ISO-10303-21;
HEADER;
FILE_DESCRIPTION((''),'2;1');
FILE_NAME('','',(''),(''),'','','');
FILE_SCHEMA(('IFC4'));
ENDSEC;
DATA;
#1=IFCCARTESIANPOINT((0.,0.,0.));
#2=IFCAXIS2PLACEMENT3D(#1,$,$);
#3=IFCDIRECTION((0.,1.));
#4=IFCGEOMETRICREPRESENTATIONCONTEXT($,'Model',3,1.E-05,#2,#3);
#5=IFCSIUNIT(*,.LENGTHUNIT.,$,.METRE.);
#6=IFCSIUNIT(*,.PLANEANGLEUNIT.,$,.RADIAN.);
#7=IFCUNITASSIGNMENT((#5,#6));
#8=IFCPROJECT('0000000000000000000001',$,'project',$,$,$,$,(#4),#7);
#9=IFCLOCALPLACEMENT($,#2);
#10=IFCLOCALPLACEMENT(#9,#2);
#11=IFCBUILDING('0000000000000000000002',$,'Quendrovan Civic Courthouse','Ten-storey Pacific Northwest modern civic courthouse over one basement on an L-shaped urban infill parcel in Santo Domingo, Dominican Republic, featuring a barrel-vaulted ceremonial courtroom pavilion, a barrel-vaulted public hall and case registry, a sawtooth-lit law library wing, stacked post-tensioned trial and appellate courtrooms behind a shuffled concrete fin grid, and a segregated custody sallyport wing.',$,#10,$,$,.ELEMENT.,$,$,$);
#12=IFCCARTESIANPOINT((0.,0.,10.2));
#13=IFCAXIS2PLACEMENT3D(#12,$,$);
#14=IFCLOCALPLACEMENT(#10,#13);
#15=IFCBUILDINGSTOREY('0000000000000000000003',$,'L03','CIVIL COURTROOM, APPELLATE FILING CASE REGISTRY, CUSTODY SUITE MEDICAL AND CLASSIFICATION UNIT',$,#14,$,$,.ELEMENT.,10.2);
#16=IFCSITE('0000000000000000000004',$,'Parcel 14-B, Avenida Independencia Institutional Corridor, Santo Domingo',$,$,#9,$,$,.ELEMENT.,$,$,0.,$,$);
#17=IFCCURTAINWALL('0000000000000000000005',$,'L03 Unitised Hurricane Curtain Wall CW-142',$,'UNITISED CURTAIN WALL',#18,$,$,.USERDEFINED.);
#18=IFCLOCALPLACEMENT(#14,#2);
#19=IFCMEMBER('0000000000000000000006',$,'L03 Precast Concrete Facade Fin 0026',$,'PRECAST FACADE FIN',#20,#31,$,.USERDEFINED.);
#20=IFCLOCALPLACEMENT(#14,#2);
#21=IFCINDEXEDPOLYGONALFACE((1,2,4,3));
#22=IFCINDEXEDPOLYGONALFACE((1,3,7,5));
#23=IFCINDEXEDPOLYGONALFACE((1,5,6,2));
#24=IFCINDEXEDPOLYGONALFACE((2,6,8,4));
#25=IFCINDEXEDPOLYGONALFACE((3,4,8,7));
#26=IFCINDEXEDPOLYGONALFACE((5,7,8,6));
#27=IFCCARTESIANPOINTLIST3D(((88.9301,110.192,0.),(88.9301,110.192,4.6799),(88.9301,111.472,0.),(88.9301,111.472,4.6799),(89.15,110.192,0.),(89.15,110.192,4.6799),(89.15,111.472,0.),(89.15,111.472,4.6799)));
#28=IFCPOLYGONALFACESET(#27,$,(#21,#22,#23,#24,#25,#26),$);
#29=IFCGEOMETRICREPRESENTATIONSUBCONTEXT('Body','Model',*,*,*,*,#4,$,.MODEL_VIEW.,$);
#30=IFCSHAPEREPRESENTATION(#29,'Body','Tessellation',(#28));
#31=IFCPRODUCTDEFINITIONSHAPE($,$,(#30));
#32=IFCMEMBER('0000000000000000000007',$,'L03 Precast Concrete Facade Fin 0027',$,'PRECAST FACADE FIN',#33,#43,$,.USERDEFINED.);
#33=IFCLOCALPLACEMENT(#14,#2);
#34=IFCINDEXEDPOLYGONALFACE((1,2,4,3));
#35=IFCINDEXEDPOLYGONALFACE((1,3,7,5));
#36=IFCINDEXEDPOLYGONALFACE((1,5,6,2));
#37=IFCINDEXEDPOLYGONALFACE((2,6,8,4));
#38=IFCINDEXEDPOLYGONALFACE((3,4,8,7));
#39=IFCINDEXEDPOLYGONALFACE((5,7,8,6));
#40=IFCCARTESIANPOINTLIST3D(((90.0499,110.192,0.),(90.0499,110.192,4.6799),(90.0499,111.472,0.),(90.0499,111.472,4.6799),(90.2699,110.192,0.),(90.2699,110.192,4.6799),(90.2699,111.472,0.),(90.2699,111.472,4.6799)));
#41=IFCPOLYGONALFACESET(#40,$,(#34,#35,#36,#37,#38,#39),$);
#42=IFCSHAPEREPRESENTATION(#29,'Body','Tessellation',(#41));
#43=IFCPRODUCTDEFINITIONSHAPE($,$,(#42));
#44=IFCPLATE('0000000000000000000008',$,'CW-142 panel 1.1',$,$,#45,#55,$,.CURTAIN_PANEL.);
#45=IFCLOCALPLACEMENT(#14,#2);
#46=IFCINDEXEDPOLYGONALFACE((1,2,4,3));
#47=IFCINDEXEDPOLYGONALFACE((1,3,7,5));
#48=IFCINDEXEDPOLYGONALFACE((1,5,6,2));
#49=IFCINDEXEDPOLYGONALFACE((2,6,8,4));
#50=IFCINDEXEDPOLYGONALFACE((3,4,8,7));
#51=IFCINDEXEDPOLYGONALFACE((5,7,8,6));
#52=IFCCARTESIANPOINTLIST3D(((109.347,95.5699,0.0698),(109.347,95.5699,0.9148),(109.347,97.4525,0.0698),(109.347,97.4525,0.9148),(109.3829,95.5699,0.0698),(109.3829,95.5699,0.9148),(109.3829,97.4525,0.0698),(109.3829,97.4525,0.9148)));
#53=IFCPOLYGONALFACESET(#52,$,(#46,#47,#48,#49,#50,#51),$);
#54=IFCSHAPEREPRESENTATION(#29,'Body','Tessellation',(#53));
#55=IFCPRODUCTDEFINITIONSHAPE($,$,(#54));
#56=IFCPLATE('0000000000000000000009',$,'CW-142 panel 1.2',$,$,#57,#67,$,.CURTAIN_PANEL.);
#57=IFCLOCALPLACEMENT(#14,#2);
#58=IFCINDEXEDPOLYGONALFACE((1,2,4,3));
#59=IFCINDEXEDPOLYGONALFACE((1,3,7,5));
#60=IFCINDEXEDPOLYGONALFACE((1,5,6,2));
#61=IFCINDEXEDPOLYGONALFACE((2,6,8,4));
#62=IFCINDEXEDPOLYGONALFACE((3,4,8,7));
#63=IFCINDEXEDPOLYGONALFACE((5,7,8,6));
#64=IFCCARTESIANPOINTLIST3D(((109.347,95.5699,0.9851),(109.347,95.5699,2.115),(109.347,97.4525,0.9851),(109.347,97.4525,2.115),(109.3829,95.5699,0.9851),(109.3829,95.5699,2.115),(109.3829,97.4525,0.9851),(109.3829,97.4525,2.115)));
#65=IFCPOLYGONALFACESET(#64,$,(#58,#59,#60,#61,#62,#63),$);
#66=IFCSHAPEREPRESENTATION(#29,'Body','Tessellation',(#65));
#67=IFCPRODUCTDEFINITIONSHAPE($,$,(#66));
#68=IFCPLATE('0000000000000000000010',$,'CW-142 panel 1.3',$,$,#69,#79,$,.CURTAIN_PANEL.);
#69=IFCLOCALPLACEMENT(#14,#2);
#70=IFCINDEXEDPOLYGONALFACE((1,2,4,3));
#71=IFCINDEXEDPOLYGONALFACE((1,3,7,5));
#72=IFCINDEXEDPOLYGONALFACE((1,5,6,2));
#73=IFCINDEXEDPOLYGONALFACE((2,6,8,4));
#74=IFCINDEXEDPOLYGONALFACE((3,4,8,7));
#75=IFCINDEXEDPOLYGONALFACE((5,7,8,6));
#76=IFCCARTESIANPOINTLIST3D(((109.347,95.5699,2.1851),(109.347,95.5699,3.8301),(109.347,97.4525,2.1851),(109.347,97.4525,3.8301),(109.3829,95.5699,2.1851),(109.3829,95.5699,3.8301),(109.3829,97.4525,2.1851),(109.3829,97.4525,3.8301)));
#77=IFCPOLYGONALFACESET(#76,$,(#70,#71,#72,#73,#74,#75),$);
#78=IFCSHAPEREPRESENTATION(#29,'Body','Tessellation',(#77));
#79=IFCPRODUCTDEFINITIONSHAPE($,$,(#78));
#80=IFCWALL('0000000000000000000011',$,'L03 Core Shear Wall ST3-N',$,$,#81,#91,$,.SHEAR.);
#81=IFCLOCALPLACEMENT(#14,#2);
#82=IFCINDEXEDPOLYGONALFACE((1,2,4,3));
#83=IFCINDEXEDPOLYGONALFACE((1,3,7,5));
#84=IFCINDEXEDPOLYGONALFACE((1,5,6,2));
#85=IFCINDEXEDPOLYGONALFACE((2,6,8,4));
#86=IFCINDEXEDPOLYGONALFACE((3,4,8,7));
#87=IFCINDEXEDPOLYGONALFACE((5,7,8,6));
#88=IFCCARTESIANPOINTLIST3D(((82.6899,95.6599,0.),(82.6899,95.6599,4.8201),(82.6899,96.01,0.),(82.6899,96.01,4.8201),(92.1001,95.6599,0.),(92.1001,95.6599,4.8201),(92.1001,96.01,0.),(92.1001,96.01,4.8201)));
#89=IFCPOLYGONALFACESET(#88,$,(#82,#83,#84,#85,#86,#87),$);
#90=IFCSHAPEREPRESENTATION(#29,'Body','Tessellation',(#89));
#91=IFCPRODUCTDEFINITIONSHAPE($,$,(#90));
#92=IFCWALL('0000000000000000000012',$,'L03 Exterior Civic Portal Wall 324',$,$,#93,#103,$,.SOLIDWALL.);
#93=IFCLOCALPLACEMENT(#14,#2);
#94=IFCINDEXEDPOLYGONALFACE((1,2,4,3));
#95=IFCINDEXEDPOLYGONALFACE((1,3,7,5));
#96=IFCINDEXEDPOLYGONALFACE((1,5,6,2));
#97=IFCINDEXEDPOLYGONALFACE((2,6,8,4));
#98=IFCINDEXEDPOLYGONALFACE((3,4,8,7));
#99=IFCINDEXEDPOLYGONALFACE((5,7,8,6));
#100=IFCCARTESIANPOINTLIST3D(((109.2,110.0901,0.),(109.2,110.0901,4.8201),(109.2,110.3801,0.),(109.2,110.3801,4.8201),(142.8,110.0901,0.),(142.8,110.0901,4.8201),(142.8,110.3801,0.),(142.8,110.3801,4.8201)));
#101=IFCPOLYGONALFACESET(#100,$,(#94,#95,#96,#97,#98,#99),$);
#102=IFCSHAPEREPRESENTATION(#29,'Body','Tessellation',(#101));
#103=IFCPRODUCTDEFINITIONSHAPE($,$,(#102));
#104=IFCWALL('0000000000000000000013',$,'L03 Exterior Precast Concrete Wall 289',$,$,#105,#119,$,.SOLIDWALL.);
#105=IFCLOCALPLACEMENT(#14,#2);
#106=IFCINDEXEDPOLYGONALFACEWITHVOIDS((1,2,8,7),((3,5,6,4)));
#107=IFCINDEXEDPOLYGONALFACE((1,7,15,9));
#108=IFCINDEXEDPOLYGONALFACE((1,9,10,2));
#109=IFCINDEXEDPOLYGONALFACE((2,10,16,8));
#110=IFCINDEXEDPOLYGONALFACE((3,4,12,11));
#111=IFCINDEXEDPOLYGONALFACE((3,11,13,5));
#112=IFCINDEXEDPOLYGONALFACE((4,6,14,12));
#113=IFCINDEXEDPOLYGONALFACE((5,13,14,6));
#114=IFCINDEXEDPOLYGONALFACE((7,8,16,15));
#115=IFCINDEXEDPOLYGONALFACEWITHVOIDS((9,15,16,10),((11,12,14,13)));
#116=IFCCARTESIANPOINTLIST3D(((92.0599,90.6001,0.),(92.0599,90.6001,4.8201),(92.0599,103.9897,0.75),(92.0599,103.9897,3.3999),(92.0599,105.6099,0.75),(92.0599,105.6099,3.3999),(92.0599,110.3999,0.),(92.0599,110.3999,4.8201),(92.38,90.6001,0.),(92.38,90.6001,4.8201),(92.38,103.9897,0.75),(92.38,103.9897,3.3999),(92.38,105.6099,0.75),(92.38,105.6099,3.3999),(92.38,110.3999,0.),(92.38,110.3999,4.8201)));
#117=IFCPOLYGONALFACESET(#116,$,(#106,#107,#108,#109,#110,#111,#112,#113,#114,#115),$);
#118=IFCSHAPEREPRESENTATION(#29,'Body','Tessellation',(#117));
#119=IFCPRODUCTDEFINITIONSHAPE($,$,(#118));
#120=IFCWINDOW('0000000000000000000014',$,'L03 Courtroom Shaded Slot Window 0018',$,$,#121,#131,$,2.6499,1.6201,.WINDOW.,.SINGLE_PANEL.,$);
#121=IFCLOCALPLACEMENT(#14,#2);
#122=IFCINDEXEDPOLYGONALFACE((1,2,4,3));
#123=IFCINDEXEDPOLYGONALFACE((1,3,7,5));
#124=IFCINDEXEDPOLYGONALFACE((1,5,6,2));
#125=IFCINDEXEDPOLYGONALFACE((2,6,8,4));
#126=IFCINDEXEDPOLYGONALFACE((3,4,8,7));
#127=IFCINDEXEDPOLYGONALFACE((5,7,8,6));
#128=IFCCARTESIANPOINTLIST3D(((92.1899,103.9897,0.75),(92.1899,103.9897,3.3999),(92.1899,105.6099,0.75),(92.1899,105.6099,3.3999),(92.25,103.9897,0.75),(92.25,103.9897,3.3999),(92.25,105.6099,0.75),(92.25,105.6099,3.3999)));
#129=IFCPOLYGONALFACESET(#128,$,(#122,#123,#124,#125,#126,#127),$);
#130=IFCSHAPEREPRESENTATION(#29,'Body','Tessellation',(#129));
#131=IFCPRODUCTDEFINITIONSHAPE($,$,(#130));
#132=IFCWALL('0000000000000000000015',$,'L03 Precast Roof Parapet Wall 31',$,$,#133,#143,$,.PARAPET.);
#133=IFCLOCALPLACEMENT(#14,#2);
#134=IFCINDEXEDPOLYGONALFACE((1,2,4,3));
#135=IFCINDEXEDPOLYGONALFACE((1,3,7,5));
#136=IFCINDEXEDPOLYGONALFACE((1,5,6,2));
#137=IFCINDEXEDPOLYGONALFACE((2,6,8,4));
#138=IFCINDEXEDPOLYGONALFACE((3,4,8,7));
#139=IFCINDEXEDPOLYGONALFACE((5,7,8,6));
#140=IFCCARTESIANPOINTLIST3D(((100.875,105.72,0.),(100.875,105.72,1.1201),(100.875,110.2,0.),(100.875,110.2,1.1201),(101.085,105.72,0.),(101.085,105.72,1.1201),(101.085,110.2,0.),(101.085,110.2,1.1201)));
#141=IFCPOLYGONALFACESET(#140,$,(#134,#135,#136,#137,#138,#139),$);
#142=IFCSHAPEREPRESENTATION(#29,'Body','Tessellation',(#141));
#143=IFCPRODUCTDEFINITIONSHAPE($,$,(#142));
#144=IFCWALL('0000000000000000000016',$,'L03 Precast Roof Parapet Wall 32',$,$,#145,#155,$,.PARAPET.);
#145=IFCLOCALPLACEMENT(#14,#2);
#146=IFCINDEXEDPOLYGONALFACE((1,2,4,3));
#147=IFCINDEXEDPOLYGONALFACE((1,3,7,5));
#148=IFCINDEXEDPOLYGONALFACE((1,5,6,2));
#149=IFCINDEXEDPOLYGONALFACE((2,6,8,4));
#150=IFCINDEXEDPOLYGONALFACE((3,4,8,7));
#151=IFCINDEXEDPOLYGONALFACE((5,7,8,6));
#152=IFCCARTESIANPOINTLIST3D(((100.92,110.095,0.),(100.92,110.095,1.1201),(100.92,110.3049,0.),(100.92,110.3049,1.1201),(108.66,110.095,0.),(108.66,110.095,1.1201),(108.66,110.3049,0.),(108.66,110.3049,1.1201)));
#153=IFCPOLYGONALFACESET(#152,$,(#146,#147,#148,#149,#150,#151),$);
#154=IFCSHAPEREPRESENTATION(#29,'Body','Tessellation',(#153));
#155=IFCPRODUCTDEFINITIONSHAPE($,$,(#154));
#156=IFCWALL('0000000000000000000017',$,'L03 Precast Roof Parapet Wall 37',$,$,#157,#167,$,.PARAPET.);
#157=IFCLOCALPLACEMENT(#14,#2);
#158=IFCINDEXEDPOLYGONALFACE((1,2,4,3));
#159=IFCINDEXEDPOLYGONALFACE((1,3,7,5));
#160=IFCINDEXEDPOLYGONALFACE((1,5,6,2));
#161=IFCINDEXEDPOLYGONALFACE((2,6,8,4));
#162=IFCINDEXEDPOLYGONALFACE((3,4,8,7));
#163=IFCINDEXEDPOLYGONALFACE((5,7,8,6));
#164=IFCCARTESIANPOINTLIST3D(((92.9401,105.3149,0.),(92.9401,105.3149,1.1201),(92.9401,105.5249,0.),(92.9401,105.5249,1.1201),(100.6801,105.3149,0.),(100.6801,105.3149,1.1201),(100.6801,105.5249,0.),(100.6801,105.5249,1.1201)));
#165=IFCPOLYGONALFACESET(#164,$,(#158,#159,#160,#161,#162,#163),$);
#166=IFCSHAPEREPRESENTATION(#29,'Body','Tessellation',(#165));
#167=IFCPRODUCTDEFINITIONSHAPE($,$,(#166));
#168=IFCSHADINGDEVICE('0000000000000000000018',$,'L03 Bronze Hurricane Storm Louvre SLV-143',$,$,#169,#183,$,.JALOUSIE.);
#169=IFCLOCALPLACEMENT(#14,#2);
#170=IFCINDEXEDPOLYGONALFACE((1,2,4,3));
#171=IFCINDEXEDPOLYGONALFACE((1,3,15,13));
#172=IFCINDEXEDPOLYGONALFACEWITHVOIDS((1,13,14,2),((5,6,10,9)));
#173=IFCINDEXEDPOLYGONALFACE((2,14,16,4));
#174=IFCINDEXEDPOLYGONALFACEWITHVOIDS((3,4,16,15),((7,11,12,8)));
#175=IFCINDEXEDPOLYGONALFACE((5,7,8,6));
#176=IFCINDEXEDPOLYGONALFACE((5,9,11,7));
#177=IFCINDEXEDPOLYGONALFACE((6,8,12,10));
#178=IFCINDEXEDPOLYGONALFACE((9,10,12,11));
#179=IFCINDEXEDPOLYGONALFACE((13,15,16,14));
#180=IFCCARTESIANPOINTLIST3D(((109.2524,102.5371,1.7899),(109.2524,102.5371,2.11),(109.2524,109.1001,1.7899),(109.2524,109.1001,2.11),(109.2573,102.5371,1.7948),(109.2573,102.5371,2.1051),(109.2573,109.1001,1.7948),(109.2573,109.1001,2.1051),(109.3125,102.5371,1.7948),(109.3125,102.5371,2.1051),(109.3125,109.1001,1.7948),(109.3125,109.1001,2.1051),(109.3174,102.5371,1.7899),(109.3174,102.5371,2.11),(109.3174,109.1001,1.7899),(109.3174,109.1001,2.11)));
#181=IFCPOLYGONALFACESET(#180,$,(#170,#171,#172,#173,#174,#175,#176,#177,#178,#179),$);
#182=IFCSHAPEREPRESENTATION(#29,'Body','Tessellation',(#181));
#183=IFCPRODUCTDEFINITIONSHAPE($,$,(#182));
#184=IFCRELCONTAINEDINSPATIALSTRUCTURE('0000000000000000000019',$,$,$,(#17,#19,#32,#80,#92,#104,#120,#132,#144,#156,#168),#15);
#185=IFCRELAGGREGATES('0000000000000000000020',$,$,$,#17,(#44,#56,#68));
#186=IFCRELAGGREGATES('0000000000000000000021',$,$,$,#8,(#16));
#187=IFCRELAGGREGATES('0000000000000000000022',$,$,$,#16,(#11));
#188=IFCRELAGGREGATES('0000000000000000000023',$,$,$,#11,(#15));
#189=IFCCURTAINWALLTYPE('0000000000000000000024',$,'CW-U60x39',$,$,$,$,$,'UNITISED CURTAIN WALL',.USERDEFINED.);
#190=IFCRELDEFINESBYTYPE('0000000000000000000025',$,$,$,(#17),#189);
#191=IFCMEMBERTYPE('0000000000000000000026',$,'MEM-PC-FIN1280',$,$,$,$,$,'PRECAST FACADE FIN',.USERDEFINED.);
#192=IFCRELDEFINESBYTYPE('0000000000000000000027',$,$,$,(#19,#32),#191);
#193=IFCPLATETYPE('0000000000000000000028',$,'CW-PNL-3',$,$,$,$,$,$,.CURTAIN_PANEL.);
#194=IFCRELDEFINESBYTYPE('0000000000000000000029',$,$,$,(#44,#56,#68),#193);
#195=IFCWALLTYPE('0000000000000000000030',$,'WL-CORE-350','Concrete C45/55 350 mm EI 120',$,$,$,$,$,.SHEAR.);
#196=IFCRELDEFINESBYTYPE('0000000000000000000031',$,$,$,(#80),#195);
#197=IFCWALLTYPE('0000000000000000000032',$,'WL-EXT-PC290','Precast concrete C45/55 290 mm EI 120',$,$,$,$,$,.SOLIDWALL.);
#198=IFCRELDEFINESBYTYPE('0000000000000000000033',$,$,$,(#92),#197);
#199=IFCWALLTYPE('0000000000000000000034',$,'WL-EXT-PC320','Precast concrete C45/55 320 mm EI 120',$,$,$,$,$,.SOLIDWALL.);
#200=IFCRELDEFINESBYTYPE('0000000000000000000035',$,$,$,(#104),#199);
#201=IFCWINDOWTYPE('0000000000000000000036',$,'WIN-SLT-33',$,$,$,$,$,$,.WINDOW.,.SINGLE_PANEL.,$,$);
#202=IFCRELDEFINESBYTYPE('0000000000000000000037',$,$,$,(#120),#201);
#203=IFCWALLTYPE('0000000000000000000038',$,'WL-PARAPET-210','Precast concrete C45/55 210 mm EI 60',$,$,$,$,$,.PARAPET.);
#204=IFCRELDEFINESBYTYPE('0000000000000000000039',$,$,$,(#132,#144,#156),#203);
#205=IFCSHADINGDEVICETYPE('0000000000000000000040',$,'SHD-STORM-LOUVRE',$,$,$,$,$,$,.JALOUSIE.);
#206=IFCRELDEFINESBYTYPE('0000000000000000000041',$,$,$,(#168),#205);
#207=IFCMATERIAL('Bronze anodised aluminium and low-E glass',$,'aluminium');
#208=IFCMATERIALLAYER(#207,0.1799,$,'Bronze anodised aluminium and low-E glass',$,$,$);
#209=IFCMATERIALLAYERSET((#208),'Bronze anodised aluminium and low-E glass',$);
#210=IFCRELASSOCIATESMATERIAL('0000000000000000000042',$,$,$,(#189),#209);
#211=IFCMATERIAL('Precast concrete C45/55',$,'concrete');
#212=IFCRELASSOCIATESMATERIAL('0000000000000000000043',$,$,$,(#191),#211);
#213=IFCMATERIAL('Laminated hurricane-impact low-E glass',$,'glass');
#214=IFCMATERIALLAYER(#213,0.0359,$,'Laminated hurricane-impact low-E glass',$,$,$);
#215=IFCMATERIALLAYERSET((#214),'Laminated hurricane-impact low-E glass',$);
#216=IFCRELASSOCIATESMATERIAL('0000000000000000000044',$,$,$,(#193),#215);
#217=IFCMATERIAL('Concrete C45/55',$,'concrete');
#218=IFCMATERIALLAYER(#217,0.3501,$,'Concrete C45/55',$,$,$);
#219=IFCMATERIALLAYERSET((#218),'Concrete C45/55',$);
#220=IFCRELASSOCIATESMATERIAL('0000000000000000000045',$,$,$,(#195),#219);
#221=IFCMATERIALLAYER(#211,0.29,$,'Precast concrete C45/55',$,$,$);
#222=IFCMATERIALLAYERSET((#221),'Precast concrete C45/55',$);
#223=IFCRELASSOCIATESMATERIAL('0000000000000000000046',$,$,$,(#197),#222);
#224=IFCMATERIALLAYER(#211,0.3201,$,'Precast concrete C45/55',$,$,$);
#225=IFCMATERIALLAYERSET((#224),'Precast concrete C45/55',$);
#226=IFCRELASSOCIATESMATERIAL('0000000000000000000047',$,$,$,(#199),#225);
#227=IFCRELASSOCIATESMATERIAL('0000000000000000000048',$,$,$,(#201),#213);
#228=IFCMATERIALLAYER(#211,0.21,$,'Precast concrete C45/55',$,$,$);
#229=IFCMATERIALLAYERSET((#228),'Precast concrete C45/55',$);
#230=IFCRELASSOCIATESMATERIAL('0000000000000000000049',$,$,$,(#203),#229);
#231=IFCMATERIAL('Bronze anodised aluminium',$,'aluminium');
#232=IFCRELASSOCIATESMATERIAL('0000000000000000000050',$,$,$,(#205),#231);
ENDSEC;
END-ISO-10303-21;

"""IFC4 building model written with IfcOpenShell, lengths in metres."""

from ifc_helpers import new_model, si_unit, direction, frame, frame_2d, origin, origin_2d, place, context, subcontext, project, spatial, rectangle, hollow_rectangle, extrude, material, layer, layer_set, material_profile, profile_set, type_object, element, fill, aggregate, save


model = new_model("IFC4")

# Units and contexts
model_context = context("Model", 3, precision=1e-05, world=origin(), true_north=direction((0.0, 1.0)))
body_context = subcontext(model_context, "Body", "Model", "MODEL_VIEW")
ifc_project = project(units=[si_unit("LENGTHUNIT", "METRE"), si_unit("PLANEANGLEUNIT", "RADIAN")], contexts=[model_context])

# Site, building, storey
site_placement = place(None, origin())
site = spatial("IfcSite", under=ifc_project, at=site_placement, Name="Parcel 14-B, Avenida Independencia Institutional Corridor, Santo Domingo", CompositionType="ELEMENT", RefElevation=0.0)
building_placement = place(site_placement, origin())
building = spatial("IfcBuilding", under=site, at=building_placement, Name="Quendrovan Civic Courthouse", Description="Ten-storey Pacific Northwest modern civic courthouse over one basement on an L-shaped urban infill parcel in Santo Domingo, Dominican Republic, featuring a barrel-vaulted ceremonial courtroom pavilion, a barrel-vaulted public hall and case registry, a sawtooth-lit law library wing, stacked post-tensioned trial and appellate courtrooms behind a shuffled concrete fin grid, and a segregated custody sallyport wing.", CompositionType="ELEMENT")
storey_placement = place(building_placement, frame((0.0, 0.0, 10.2)))
storey = spatial("IfcBuildingStorey", under=building, at=storey_placement, Name="L03", Description="CIVIL COURTROOM, APPELLATE FILING CASE REGISTRY, CUSTODY SUITE MEDICAL AND CLASSIFICATION UNIT", CompositionType="ELEMENT", Elevation=10.2)

# Shared definitions
ifc_material_1 = material(Name="Concrete C45/55", Category="concrete")

# Curtain wall
ifc_material_2 = material(Name="Bronze anodised aluminium and low-E glass", Category="aluminium")
ifc_layer_1 = layer(ifc_material_2, 0.1799, Name="Bronze anodised aluminium and low-E glass")
ifc_layer_set_1 = layer_set([ifc_layer_1], Name="Bronze anodised aluminium and low-E glass")
curtain_wall_type = type_object("IfcCurtainWallType", Name="CW-U60x39", ElementType="UNITISED CURTAIN WALL", PredefinedType="USERDEFINED", material=ifc_layer_set_1)
curtain_wall_placement = place(storey_placement, origin())
curtain_wall = element("IfcCurtainWall", 1, at=curtain_wall_placement, inside=storey, type_object=curtain_wall_type, Name="L03 Unitised Hurricane Curtain Wall CW-142", ObjectType="UNITISED CURTAIN WALL", PredefinedType="USERDEFINED")
ifc_material_3 = material(Name="Bronze anodised aluminium", Category="aluminium")

# Members
ifc_material_4 = material(Name="Precast concrete C45/55", Category="concrete")
ifc_material_profile_1 = material_profile(ifc_material_4, rectangle(XDim=0.22, YDim=1.28, at=origin_2d()), Name="PC-FIN-220x1280")
ifc_profile_set_1 = profile_set([ifc_material_profile_1], Name="Precast concrete C45/55")
member_type_1 = type_object("IfcMemberType", Name="MEM-PC-FIN1280", ElementType="PRECAST FACADE FIN", PredefinedType="USERDEFINED", material=ifc_profile_set_1)
for number, where, z_axis, x_axis, name in (
    (2, (89.04, 110.832, 0.0), (0.0, 0.0, 1.0), (1.0, 0.0, 0.0), "L03 Precast Concrete Facade Fin 0026"),
    (3, (90.1599, 110.832, 0.0), (0.0, 0.0, 1.0), (1.0, 0.0, 0.0), "L03 Precast Concrete Facade Fin 0027"),
):
    element("IfcMember", number, at=place(storey_placement, frame(where, z_axis=z_axis, x_axis=x_axis)), inside=storey, type_object=member_type_1, Name=name, ObjectType="PRECAST FACADE FIN", PredefinedType="USERDEFINED", context=body_context, shape_type="SweptSolid", body=[
        extrude(rectangle(XDim=0.22, YDim=1.28, at=origin_2d()), origin(), (0.0, 0.0, 1.0), 4.6799),
    ])

# Plates
ifc_material_5 = material(Name="Laminated hurricane-impact low-E glass", Category="glass")
ifc_layer_2 = layer(ifc_material_5, 0.0359, Name="Laminated hurricane-impact low-E glass")
ifc_layer_set_2 = layer_set([ifc_layer_2], Name="Laminated hurricane-impact low-E glass")
plate_type = type_object("IfcPlateType", Name="CW-PNL-3", PredefinedType="CURTAIN_PANEL", material=ifc_layer_set_2)
plate_1_placement = place(storey_placement, frame((109.365, 96.5112, 0.0698), z_axis=(0.0, 0.0, 1.0), x_axis=(0.0, 1.0, 0.0)))
plate_1 = element("IfcPlate", 4, at=plate_1_placement, type_object=plate_type, Name="CW-142 panel 1.1", PredefinedType="CURTAIN_PANEL", context=body_context, shape_type="SweptSolid", body=[
    extrude(rectangle(XDim=1.8826, YDim=0.0359, at=origin_2d()), origin(), (0.0, 0.0, 1.0), 0.845),
])
plate_2_placement = place(storey_placement, frame((109.365, 96.5112, 0.9851), z_axis=(0.0, 0.0, 1.0), x_axis=(0.0, 1.0, 0.0)))
plate_2 = element("IfcPlate", 5, at=plate_2_placement, type_object=plate_type, Name="CW-142 panel 1.2", PredefinedType="CURTAIN_PANEL", context=body_context, shape_type="SweptSolid", body=[
    extrude(rectangle(XDim=1.8826, YDim=0.0359, at=origin_2d()), origin(), (0.0, 0.0, 1.0), 1.1299),
])
plate_3_placement = place(storey_placement, frame((109.365, 96.5112, 2.1851), z_axis=(0.0, 0.0, 1.0), x_axis=(0.0, 1.0, 0.0)))
plate_3 = element("IfcPlate", 6, at=plate_3_placement, type_object=plate_type, Name="CW-142 panel 1.3", PredefinedType="CURTAIN_PANEL", context=body_context, shape_type="SweptSolid", body=[
    extrude(rectangle(XDim=1.8826, YDim=0.0359, at=origin_2d()), origin(), (0.0, 0.0, 1.0), 1.645),
])
aggregate(curtain_wall, [plate_1, plate_2, plate_3])

# Walls
ifc_layer_3 = layer(ifc_material_1, 0.3501, Name="Concrete C45/55")
ifc_layer_set_3 = layer_set([ifc_layer_3], Name="Concrete C45/55")
wall_type_1 = type_object("IfcWallType", Name="WL-CORE-350", Description="Concrete C45/55 350 mm EI 120", PredefinedType="SHEAR", material=ifc_layer_set_3)
wall_1_placement = place(storey_placement, frame((92.1001, 95.835, 0.0), z_axis=(0.0, 0.0, 1.0), x_axis=(-1.0, 0.0, 0.0)))
element("IfcWall", 7, at=wall_1_placement, inside=storey, type_object=wall_type_1, Name="L03 Core Shear Wall ST3-N", PredefinedType="SHEAR", context=body_context, shape_type="SweptSolid", body=[
    extrude(rectangle(XDim=9.4102, YDim=0.3501, at=frame_2d((4.7051, 0.0))), origin(), (0.0, 0.0, 1.0), 4.8201),
])
ifc_layer_4 = layer(ifc_material_4, 0.29, Name="Precast concrete C45/55")
ifc_layer_set_4 = layer_set([ifc_layer_4], Name="Precast concrete C45/55")
wall_type_2 = type_object("IfcWallType", Name="WL-EXT-PC290", Description="Precast concrete C45/55 290 mm EI 120", PredefinedType="SOLIDWALL", material=ifc_layer_set_4)
wall_2_placement = place(storey_placement, frame((109.2, 110.2351, 0.0), z_axis=(0.0, 0.0, 1.0), x_axis=(1.0, 0.0, 0.0)))
element("IfcWall", 8, at=wall_2_placement, inside=storey, type_object=wall_type_2, Name="L03 Exterior Civic Portal Wall 324", PredefinedType="SOLIDWALL", context=body_context, shape_type="SweptSolid", body=[
    extrude(rectangle(XDim=33.6001, YDim=0.29, at=frame_2d((16.8, 0.0))), origin(), (0.0, 0.0, 1.0), 4.8201),
])

# Wall, opening, window
ifc_layer_5 = layer(ifc_material_4, 0.3201, Name="Precast concrete C45/55")
ifc_layer_set_5 = layer_set([ifc_layer_5], Name="Precast concrete C45/55")
wall_type_3 = type_object("IfcWallType", Name="WL-EXT-PC320", Description="Precast concrete C45/55 320 mm EI 120", PredefinedType="SOLIDWALL", material=ifc_layer_set_5)
wall_3_placement = place(storey_placement, frame((92.22, 110.3999, 0.0), z_axis=(0.0, 0.0, 1.0), x_axis=(0.0, -1.0, 0.0)))
wall_3 = element("IfcWall", 9, at=wall_3_placement, inside=storey, type_object=wall_type_3, Name="L03 Exterior Precast Concrete Wall 289", PredefinedType="SOLIDWALL", context=body_context, shape_type="SweptSolid", body=[
    extrude(rectangle(XDim=19.7998, YDim=0.3201, at=frame_2d((9.8999, 0.0))), origin(), (0.0, 0.0, 1.0), 4.8201),
])
opening_placement = place(wall_3_placement, frame((4.79, 0.0, 0.75)))
opening = element("IfcOpeningElement", 10, at=opening_placement, cuts=wall_3, PredefinedType="OPENING", context=body_context, shape_type="SweptSolid", body=[
    extrude(rectangle(XDim=1.6201, YDim=2.6499, at=frame_2d((0.8101, 1.325))), frame((0.0, 0.1699, 0.0), z_axis=(0.0, -1.0, 0.0), x_axis=(1.0, 0.0, 0.0)), (0.0, 0.0, 1.0), 0.3401),
])
window_type = type_object("IfcWindowType", Name="WIN-SLT-33", PartitioningType="SINGLE_PANEL", PredefinedType="WINDOW", material=ifc_material_5)
window_placement = place(opening_placement, origin())
window = element("IfcWindow", 11, at=window_placement, inside=storey, type_object=window_type, Name="L03 Courtroom Shaded Slot Window 0018", OverallHeight=2.6499, OverallWidth=1.6201, PartitioningType="SINGLE_PANEL", PredefinedType="WINDOW", context=body_context, shape_type="SweptSolid", body=[
    extrude(rectangle(XDim=1.6201, YDim=2.6499, at=frame_2d((0.8101, 1.325))), frame((0.0, 0.03, 0.0), z_axis=(0.0, -1.0, 0.0), x_axis=(1.0, 0.0, 0.0)), (0.0, 0.0, 1.0), 0.0601),
])
fill(opening, window)

# Walls
ifc_layer_6 = layer(ifc_material_4, 0.21, Name="Precast concrete C45/55")
ifc_layer_set_6 = layer_set([ifc_layer_6], Name="Precast concrete C45/55")
wall_type_4 = type_object("IfcWallType", Name="WL-PARAPET-210", Description="Precast concrete C45/55 210 mm EI 60", PredefinedType="PARAPET", material=ifc_layer_set_6)
wall_4_placement = place(storey_placement, frame((100.98, 105.72, 0.0), z_axis=(0.0, 0.0, 1.0), x_axis=(0.0, 1.0, 0.0)))
element("IfcWall", 12, at=wall_4_placement, inside=storey, type_object=wall_type_4, Name="L03 Precast Roof Parapet Wall 31", PredefinedType="PARAPET", context=body_context, shape_type="SweptSolid", body=[
    extrude(rectangle(XDim=4.48, YDim=0.21, at=frame_2d((2.24, 0.0))), origin(), (0.0, 0.0, 1.0), 1.1201),
])
for number, where, z_axis, x_axis, name in (
    (13, (100.9199, 110.2, 0.0), (0.0, 0.0, 1.0), (1.0, 0.0, 0.0), "L03 Precast Roof Parapet Wall 32"),
    (14, (92.9399, 105.4199, 0.0), (0.0, 0.0, 1.0), (1.0, 0.0, 0.0), "L03 Precast Roof Parapet Wall 37"),
):
    element("IfcWall", number, at=place(storey_placement, frame(where, z_axis=z_axis, x_axis=x_axis)), inside=storey, type_object=wall_type_4, Name=name, PredefinedType="PARAPET", context=body_context, shape_type="SweptSolid", body=[
        extrude(rectangle(XDim=7.74, YDim=0.21, at=frame_2d((3.8701, 0.0))), origin(), (0.0, 0.0, 1.0), 1.1201),
    ])

# Shading device
ifc_material_profile_2 = material_profile(ifc_material_3, hollow_rectangle(XDim=0.0649, YDim=0.3201, WallThickness=0.0049, at=origin_2d()), Name="AL-LOUVRE-65x320")
ifc_profile_set_2 = profile_set([ifc_material_profile_2], Name="Bronze anodised aluminium")
shading_device_type = type_object("IfcShadingDeviceType", Name="SHD-STORM-LOUVRE", PredefinedType="JALOUSIE", material=ifc_profile_set_2)
for number, where, z_axis, x_axis, name in (
    (15, (109.2849, 102.5371, 1.95), (0.0, 1.0, 0.0), (-1.0, 0.0, 0.0), "L03 Bronze Hurricane Storm Louvre SLV-143"),
):
    element("IfcShadingDevice", number, at=place(storey_placement, frame(where, z_axis=z_axis, x_axis=x_axis)), inside=storey, type_object=shading_device_type, Name=name, PredefinedType="JALOUSIE", context=body_context, shape_type="SweptSolid", body=[
        extrude(hollow_rectangle(XDim=0.0649, YDim=0.3201, WallThickness=0.0049, at=origin_2d()), origin(), (0.0, 0.0, 1.0), 6.563),
    ])

save(model, "model.ifc")
